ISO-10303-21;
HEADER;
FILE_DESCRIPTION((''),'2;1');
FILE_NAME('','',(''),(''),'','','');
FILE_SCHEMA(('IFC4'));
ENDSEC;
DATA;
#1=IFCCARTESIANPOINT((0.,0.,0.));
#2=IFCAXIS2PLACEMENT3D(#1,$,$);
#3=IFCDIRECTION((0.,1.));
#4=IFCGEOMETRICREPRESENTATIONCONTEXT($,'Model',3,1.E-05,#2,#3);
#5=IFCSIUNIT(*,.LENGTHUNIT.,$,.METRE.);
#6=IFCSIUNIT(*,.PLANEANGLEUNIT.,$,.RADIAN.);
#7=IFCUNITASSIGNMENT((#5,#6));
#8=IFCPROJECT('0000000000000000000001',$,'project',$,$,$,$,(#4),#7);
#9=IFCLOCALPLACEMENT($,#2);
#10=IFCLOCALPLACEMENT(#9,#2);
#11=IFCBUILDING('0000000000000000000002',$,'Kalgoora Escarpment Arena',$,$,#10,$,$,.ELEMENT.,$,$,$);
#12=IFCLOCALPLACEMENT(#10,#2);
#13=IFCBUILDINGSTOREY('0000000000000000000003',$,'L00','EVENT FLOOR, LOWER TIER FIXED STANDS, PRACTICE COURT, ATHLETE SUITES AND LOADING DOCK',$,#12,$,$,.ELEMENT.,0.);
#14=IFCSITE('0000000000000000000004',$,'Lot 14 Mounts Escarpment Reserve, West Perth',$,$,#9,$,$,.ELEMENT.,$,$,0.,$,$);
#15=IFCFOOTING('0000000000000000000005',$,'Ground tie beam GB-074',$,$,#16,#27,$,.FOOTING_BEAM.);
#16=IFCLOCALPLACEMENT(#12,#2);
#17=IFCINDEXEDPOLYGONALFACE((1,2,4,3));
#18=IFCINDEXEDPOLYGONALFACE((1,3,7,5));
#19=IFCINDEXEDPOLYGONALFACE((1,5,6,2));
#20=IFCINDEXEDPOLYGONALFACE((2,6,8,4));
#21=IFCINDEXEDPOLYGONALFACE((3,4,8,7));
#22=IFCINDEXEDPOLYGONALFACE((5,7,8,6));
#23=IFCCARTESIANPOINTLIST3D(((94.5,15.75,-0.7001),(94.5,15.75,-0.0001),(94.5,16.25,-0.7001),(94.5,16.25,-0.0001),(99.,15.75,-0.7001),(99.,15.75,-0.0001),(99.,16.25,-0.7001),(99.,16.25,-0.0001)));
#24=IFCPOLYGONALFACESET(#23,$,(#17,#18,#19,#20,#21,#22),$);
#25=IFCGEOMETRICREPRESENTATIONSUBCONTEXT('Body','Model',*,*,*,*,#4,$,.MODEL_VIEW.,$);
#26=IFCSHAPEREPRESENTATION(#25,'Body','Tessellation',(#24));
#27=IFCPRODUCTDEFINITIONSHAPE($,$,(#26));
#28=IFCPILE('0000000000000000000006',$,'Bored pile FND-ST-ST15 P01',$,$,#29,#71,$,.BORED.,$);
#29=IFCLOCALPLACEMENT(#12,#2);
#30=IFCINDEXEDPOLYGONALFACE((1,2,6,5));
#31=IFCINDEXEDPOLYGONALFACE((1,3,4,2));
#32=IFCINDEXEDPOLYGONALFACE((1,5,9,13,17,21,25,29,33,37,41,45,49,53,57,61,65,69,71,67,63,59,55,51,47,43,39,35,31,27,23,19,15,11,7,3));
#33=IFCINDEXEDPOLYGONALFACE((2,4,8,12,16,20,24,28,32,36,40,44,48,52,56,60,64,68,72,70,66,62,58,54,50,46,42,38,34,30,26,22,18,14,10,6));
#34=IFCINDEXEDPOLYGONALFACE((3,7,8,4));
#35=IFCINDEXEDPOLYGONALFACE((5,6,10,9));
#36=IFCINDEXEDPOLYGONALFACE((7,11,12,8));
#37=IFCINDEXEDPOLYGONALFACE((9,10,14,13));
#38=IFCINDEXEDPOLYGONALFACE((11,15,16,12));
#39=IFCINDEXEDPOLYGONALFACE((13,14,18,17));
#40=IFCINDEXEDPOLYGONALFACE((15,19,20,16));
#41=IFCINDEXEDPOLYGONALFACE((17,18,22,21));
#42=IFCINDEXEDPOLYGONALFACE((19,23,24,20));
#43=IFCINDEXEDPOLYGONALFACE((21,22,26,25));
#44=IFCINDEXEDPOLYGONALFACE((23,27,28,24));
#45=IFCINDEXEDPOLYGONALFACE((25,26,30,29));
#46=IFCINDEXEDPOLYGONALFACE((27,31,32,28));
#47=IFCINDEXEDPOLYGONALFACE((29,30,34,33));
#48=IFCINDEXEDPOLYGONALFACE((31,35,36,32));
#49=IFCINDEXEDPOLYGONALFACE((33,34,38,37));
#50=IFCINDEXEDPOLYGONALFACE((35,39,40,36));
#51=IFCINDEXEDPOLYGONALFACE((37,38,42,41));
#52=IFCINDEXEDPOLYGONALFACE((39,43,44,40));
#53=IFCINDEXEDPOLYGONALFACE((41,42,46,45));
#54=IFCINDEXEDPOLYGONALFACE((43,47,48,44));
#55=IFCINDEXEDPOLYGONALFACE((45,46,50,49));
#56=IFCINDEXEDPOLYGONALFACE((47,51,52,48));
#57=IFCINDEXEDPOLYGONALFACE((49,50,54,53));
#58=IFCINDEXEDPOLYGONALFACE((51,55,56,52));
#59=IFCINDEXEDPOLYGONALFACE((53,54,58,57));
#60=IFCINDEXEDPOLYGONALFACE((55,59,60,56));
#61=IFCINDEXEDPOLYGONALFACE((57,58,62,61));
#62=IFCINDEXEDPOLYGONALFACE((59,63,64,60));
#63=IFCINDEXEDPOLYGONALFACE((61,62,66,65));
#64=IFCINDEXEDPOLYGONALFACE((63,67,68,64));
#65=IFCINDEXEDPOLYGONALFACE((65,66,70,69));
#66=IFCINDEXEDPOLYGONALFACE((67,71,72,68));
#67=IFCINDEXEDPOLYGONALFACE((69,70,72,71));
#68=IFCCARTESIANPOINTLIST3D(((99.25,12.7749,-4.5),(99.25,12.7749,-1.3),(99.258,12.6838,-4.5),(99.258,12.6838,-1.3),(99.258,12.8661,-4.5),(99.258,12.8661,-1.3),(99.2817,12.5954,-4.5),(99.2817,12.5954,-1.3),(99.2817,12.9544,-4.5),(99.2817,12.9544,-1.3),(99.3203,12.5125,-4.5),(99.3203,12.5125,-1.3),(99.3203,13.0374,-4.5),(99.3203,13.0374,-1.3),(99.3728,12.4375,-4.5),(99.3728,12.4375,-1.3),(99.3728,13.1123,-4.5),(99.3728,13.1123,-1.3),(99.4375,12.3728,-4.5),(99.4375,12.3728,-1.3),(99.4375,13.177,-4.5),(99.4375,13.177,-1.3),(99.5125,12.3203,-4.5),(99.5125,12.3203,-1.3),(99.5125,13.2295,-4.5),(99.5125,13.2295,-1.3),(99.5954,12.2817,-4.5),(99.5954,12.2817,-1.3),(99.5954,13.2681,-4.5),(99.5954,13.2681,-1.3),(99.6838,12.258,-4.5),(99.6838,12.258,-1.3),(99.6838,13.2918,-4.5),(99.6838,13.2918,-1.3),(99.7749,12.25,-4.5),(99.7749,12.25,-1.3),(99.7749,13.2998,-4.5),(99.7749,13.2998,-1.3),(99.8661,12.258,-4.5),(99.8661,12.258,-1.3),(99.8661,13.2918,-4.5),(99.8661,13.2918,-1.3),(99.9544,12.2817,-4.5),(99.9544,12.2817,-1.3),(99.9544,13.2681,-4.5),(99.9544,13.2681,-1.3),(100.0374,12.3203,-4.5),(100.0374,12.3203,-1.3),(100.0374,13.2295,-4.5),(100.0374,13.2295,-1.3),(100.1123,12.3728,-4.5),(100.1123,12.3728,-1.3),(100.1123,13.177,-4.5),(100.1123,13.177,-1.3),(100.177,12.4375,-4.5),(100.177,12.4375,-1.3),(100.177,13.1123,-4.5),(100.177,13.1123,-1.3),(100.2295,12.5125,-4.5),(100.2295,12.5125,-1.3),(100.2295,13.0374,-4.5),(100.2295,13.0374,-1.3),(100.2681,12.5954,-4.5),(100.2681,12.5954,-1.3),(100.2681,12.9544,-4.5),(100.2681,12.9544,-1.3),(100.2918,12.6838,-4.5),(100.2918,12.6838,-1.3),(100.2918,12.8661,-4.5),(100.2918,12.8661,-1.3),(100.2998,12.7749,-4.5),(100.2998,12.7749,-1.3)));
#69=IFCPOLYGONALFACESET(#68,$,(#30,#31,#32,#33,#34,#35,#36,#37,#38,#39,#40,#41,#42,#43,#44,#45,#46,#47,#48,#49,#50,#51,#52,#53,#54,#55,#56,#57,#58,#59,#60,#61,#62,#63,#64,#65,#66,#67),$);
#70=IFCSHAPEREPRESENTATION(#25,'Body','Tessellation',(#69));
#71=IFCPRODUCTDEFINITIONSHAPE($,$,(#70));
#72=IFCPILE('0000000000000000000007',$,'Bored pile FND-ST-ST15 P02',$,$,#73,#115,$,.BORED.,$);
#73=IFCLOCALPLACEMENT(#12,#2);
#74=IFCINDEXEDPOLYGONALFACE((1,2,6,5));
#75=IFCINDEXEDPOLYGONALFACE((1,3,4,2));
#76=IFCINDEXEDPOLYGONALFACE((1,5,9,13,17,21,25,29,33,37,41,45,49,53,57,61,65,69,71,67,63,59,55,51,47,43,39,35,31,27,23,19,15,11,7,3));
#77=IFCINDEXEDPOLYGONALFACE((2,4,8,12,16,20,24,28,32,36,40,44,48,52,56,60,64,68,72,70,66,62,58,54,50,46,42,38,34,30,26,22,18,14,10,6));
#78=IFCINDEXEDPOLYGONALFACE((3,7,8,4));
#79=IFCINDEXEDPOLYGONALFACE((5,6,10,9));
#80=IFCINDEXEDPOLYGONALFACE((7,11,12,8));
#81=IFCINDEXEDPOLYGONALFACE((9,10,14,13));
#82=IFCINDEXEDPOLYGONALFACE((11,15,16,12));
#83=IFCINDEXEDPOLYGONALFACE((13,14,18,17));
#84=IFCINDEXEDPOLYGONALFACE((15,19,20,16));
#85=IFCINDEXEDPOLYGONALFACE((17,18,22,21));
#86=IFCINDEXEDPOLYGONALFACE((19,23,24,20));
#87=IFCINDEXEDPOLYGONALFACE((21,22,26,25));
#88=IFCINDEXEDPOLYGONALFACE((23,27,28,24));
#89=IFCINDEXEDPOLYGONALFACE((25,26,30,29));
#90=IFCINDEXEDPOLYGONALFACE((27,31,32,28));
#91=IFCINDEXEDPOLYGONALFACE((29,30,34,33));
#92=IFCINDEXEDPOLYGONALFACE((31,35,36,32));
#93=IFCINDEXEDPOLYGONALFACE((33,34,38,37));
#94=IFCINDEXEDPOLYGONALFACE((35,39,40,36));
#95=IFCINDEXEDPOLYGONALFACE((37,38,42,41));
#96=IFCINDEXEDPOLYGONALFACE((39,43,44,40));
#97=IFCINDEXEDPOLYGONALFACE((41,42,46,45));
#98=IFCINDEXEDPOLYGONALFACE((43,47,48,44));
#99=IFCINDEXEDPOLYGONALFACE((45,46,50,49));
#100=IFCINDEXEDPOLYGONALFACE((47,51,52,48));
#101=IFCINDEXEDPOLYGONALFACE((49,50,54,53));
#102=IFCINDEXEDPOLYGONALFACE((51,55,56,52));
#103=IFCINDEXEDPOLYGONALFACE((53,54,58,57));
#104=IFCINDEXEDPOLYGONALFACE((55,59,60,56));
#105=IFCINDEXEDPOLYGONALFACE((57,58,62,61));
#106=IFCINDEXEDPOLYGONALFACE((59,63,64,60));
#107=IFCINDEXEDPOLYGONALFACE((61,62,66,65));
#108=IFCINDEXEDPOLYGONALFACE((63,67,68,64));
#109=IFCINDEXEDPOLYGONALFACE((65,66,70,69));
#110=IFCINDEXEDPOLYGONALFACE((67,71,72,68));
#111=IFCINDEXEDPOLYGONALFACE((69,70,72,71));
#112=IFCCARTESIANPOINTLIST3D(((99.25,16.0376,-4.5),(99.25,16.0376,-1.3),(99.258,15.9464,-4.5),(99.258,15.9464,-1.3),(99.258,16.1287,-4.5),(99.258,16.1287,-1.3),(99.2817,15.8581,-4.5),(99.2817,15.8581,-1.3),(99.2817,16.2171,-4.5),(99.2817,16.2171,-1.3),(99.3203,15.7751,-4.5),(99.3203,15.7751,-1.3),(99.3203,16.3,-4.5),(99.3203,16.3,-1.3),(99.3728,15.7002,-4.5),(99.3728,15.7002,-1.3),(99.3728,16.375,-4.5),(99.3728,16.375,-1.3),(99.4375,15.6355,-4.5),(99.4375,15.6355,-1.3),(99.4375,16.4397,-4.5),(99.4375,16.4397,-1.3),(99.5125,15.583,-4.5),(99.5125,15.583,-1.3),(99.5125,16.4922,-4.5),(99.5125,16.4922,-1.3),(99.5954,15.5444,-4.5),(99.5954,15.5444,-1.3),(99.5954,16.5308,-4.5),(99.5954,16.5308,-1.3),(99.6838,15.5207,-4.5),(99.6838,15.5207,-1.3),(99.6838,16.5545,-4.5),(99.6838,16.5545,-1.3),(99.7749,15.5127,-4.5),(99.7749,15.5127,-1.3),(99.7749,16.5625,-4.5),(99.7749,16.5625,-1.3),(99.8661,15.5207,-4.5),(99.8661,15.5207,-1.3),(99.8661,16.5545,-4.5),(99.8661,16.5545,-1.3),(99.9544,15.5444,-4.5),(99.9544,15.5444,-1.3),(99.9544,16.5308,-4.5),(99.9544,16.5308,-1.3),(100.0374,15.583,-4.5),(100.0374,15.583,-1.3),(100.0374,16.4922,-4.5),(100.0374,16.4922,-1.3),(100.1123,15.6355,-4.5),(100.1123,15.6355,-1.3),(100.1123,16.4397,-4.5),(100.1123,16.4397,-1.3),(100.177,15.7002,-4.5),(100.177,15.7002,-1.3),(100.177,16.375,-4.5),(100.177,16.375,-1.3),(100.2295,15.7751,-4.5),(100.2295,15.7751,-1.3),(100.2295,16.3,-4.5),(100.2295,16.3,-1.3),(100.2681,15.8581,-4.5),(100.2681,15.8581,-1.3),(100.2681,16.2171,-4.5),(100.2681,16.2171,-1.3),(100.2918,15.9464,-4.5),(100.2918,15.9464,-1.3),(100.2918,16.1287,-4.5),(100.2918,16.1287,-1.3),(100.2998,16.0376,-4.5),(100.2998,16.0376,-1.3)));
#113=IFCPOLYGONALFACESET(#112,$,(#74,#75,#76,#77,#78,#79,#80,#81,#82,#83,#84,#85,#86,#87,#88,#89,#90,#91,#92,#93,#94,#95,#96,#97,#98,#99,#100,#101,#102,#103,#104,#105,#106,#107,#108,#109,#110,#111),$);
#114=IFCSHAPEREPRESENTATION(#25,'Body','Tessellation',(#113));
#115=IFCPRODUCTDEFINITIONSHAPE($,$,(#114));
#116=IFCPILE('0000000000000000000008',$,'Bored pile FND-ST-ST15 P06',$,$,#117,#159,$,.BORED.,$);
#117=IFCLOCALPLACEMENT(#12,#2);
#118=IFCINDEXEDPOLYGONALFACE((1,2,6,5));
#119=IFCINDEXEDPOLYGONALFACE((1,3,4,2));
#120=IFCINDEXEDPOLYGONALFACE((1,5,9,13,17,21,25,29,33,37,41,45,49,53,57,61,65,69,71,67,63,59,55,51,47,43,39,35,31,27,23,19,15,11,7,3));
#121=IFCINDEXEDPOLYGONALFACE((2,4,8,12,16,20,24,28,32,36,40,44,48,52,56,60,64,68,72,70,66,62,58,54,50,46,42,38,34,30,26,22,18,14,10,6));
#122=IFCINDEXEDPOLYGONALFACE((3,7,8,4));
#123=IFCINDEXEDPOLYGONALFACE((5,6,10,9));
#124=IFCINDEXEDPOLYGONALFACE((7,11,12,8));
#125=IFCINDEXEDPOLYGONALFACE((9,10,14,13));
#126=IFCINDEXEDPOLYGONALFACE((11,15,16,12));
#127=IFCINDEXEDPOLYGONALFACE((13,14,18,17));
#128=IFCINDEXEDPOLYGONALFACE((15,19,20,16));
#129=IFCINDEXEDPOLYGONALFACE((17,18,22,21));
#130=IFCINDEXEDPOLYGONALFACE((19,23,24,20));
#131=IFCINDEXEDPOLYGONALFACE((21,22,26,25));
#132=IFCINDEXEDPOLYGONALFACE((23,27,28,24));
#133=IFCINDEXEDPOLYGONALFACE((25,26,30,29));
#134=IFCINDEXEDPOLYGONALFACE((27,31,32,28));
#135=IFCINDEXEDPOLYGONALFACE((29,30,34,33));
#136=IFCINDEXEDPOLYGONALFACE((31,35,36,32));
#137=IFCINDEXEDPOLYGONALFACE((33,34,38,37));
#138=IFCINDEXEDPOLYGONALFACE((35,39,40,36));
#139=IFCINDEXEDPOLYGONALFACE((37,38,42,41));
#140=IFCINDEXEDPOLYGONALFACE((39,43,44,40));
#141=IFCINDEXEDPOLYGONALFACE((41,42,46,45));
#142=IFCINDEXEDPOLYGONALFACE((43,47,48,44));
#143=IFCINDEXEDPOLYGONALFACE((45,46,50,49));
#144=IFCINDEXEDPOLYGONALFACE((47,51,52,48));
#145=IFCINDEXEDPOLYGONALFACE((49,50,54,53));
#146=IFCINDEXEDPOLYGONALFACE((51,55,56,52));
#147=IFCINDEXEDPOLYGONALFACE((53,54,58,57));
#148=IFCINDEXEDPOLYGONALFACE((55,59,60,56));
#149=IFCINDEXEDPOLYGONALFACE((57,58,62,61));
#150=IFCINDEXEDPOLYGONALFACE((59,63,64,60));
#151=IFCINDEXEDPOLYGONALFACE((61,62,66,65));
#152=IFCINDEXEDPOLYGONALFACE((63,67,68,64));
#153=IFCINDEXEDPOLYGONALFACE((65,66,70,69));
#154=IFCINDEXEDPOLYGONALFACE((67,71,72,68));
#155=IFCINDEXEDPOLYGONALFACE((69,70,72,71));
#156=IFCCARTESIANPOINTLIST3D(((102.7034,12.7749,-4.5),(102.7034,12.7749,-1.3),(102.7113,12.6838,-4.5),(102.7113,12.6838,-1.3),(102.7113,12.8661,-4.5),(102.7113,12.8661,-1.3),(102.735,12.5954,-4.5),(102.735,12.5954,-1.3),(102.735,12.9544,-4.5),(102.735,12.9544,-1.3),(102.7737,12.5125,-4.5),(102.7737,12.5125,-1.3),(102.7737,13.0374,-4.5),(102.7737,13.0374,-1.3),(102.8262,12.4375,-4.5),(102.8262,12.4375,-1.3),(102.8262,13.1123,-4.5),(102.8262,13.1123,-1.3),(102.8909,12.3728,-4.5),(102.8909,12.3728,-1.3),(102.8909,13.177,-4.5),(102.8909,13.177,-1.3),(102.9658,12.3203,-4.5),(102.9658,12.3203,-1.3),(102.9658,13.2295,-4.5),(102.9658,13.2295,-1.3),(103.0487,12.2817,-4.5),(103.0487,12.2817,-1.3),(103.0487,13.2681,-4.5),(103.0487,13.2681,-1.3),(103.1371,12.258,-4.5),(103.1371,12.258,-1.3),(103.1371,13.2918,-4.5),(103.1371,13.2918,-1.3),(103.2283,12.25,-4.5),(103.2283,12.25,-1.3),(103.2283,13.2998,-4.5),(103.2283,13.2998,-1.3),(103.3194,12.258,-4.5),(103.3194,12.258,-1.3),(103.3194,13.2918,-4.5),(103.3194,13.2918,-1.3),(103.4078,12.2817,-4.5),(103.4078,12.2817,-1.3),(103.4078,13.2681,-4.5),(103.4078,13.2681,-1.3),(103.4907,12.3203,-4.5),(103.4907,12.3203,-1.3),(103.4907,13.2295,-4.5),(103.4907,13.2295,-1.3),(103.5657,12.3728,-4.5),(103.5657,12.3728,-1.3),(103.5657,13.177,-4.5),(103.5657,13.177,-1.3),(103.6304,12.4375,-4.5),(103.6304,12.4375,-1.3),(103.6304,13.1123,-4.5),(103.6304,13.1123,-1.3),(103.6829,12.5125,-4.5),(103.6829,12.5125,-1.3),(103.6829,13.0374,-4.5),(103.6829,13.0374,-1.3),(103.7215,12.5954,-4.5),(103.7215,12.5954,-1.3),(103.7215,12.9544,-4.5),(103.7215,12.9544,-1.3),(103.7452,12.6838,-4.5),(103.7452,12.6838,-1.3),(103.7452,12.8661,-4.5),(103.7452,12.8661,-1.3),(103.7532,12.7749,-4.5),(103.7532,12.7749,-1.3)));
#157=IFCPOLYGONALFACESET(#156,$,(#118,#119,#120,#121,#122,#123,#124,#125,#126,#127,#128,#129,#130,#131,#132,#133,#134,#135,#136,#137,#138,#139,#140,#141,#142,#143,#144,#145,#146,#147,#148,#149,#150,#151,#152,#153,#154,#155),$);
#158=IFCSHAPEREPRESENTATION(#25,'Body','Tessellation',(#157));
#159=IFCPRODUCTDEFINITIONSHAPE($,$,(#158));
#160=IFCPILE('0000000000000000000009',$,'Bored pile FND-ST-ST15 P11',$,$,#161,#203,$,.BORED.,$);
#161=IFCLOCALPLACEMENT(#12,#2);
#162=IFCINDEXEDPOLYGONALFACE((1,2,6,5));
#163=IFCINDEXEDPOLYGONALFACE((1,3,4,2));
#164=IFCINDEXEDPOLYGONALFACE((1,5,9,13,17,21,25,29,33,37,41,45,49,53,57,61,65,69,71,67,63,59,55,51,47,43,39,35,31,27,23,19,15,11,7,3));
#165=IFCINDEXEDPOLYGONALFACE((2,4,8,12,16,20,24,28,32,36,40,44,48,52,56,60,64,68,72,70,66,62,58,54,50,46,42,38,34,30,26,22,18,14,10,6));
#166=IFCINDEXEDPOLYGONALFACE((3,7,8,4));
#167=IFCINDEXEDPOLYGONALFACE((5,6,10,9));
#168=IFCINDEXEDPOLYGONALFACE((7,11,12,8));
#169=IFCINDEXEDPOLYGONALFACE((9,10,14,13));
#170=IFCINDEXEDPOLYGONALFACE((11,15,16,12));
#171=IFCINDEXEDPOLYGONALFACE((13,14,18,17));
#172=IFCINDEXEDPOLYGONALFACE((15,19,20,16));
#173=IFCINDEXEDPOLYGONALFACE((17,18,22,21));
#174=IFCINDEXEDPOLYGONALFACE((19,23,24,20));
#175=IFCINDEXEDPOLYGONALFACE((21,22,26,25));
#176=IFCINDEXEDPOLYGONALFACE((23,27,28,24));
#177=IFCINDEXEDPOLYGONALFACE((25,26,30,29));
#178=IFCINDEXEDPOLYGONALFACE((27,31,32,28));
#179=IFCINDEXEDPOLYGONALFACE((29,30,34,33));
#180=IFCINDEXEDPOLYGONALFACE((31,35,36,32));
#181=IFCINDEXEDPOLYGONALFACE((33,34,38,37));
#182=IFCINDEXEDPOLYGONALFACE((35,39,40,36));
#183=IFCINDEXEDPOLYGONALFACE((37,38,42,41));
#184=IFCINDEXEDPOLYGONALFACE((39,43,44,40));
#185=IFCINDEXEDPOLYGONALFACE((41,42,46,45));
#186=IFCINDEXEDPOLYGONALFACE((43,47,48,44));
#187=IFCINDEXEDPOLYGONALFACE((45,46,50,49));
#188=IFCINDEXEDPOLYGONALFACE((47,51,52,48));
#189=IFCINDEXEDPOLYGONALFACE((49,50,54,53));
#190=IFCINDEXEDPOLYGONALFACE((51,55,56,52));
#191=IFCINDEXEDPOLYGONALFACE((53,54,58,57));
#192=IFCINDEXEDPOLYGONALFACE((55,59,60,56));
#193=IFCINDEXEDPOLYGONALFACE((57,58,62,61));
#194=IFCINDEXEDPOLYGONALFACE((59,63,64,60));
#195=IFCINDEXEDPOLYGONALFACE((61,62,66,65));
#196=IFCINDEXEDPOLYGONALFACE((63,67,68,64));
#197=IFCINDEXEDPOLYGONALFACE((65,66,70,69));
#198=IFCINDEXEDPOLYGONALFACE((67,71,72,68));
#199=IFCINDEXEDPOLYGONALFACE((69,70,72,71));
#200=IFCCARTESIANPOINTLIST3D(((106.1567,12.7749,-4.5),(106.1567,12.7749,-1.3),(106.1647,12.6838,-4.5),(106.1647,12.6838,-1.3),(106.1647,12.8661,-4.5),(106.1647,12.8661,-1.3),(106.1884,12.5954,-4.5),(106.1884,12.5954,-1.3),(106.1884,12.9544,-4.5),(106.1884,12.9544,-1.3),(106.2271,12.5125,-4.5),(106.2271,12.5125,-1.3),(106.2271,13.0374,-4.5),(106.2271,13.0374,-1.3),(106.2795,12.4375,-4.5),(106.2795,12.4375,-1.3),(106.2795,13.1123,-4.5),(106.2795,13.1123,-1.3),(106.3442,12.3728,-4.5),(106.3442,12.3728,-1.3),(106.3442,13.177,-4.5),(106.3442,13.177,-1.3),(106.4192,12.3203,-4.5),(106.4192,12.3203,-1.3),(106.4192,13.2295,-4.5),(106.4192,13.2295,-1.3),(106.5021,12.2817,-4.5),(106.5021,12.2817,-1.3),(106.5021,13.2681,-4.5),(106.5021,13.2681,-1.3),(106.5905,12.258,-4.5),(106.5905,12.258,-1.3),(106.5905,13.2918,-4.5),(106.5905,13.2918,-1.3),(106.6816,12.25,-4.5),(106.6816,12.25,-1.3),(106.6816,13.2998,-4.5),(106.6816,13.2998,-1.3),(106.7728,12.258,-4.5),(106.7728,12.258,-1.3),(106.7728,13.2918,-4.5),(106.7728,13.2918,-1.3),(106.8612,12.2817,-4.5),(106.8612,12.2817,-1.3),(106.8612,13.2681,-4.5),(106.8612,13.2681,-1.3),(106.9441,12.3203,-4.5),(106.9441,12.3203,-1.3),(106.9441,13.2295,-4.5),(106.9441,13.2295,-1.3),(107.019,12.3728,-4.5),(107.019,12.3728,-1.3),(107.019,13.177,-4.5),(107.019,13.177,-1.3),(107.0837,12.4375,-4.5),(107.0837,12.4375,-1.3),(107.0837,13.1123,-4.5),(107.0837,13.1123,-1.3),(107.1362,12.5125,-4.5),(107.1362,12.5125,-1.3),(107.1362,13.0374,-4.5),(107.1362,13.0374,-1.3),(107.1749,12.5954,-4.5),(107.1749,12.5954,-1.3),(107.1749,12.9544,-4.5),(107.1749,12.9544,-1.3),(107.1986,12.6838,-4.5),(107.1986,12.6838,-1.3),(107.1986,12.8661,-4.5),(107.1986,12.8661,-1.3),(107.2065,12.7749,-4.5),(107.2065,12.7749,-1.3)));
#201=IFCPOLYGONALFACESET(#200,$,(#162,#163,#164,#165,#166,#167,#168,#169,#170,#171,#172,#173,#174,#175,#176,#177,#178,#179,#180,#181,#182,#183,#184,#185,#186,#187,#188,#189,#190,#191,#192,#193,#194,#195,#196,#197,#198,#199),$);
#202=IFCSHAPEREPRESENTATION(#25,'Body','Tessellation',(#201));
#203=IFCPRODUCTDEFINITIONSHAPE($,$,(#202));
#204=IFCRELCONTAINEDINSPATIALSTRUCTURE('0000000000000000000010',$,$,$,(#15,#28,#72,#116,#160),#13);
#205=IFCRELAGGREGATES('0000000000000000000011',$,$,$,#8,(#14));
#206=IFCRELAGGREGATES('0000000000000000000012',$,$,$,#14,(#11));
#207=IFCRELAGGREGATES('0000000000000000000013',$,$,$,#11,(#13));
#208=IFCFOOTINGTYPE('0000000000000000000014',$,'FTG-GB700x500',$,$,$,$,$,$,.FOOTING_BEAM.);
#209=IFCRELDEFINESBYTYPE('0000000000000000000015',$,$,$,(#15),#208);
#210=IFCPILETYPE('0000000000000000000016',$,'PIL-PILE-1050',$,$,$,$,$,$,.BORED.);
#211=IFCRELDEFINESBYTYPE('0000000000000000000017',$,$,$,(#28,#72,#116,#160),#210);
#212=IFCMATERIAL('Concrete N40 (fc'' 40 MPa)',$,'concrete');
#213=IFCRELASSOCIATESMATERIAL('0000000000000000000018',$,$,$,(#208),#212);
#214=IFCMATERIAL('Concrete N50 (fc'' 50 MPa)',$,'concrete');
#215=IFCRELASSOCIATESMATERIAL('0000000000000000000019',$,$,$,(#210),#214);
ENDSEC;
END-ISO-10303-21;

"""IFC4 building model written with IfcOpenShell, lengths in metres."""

from ifc_helpers import new_model, si_unit, direction, frame, origin, origin_2d, place, context, subcontext, project, spatial, rectangle, circle, extrude, material, material_profile, profile_set, type_object, element, save


model = new_model("IFC4")

# Units and contexts
model_context = context("Model", 3, precision=1e-05, world=origin(), true_north=direction((0.0, 1.0)))
body_context = subcontext(model_context, "Body", "Model", "MODEL_VIEW")
ifc_project = project(units=[si_unit("LENGTHUNIT", "METRE"), si_unit("PLANEANGLEUNIT", "RADIAN")], contexts=[model_context])

# Site, building, storey
site_placement = place(None, origin())
site = spatial("IfcSite", under=ifc_project, at=site_placement, Name="Lot 14 Mounts Escarpment Reserve, West Perth", CompositionType="ELEMENT", RefElevation=0.0)
building_placement = place(site_placement, origin())
building = spatial("IfcBuilding", under=site, at=building_placement, Name="Kalgoora Escarpment Arena", CompositionType="ELEMENT")
storey_placement = place(building_placement, origin())
storey = spatial("IfcBuildingStorey", under=building, at=storey_placement, Name="L00", Description="EVENT FLOOR, LOWER TIER FIXED STANDS, PRACTICE COURT, ATHLETE SUITES AND LOADING DOCK", CompositionType="ELEMENT", Elevation=0.0)

# Footing
ifc_material_1 = material(Name="Concrete N40 (fc' 40 MPa)", Category="concrete")
ifc_material_profile_1 = material_profile(ifc_material_1, rectangle(XDim=0.5, YDim=0.7, at=origin_2d()))
ifc_profile_set_1 = profile_set([ifc_material_profile_1], Name="Concrete N40 (fc' 40 MPa)")
footing_type = type_object("IfcFootingType", Name="FTG-GB700x500", PredefinedType="FOOTING_BEAM", material=ifc_profile_set_1)
footing_placement = place(storey_placement, frame((94.5, 16.0, -0.3501), z_axis=(1.0, 0.0, 0.0), x_axis=(0.0, 1.0, 0.0)))
element("IfcFooting", 1, at=footing_placement, inside=storey, type_object=footing_type, Name="Ground tie beam GB-074", PredefinedType="FOOTING_BEAM", context=body_context, shape_type="SweptSolid", body=[
    extrude(rectangle(XDim=0.5, YDim=0.7, at=origin_2d()), origin(), (0.0, 0.0, 1.0), 4.5),
])

# Piles
ifc_material_2 = material(Name="Concrete N50 (fc' 50 MPa)", Category="concrete")
ifc_material_profile_2 = material_profile(ifc_material_2, circle(Radius=0.5249, at=origin_2d()))
ifc_profile_set_2 = profile_set([ifc_material_profile_2], Name="Concrete N50 (fc' 50 MPa)")
pile_type_1 = type_object("IfcPileType", Name="PIL-PILE-1050", PredefinedType="BORED", material=ifc_profile_set_2)
for number, where, z_axis, x_axis, name in (
    (2, (99.7749, 12.7749, -1.3), (0.0, 0.0, -1.0), (1.0, 0.0, 0.0), "Bored pile FND-ST-ST15 P01"),
    (3, (99.7749, 16.0376, -1.3), (0.0, 0.0, -1.0), (1.0, 0.0, 0.0), "Bored pile FND-ST-ST15 P02"),
    (4, (103.2283, 12.7749, -1.3), (0.0, 0.0, -1.0), (1.0, 0.0, 0.0), "Bored pile FND-ST-ST15 P06"),
    (5, (106.6816, 12.7749, -1.3), (0.0, 0.0, -1.0), (1.0, 0.0, 0.0), "Bored pile FND-ST-ST15 P11"),
):
    element("IfcPile", number, at=place(storey_placement, frame(where, z_axis=z_axis, x_axis=x_axis)), inside=storey, type_object=pile_type_1, Name=name, PredefinedType="BORED", context=body_context, shape_type="SweptSolid", body=[
        extrude(circle(Radius=0.5249, at=origin_2d()), origin(), (0.0, 0.0, 1.0), 3.2),
    ])

save(model, "model.ifc")
